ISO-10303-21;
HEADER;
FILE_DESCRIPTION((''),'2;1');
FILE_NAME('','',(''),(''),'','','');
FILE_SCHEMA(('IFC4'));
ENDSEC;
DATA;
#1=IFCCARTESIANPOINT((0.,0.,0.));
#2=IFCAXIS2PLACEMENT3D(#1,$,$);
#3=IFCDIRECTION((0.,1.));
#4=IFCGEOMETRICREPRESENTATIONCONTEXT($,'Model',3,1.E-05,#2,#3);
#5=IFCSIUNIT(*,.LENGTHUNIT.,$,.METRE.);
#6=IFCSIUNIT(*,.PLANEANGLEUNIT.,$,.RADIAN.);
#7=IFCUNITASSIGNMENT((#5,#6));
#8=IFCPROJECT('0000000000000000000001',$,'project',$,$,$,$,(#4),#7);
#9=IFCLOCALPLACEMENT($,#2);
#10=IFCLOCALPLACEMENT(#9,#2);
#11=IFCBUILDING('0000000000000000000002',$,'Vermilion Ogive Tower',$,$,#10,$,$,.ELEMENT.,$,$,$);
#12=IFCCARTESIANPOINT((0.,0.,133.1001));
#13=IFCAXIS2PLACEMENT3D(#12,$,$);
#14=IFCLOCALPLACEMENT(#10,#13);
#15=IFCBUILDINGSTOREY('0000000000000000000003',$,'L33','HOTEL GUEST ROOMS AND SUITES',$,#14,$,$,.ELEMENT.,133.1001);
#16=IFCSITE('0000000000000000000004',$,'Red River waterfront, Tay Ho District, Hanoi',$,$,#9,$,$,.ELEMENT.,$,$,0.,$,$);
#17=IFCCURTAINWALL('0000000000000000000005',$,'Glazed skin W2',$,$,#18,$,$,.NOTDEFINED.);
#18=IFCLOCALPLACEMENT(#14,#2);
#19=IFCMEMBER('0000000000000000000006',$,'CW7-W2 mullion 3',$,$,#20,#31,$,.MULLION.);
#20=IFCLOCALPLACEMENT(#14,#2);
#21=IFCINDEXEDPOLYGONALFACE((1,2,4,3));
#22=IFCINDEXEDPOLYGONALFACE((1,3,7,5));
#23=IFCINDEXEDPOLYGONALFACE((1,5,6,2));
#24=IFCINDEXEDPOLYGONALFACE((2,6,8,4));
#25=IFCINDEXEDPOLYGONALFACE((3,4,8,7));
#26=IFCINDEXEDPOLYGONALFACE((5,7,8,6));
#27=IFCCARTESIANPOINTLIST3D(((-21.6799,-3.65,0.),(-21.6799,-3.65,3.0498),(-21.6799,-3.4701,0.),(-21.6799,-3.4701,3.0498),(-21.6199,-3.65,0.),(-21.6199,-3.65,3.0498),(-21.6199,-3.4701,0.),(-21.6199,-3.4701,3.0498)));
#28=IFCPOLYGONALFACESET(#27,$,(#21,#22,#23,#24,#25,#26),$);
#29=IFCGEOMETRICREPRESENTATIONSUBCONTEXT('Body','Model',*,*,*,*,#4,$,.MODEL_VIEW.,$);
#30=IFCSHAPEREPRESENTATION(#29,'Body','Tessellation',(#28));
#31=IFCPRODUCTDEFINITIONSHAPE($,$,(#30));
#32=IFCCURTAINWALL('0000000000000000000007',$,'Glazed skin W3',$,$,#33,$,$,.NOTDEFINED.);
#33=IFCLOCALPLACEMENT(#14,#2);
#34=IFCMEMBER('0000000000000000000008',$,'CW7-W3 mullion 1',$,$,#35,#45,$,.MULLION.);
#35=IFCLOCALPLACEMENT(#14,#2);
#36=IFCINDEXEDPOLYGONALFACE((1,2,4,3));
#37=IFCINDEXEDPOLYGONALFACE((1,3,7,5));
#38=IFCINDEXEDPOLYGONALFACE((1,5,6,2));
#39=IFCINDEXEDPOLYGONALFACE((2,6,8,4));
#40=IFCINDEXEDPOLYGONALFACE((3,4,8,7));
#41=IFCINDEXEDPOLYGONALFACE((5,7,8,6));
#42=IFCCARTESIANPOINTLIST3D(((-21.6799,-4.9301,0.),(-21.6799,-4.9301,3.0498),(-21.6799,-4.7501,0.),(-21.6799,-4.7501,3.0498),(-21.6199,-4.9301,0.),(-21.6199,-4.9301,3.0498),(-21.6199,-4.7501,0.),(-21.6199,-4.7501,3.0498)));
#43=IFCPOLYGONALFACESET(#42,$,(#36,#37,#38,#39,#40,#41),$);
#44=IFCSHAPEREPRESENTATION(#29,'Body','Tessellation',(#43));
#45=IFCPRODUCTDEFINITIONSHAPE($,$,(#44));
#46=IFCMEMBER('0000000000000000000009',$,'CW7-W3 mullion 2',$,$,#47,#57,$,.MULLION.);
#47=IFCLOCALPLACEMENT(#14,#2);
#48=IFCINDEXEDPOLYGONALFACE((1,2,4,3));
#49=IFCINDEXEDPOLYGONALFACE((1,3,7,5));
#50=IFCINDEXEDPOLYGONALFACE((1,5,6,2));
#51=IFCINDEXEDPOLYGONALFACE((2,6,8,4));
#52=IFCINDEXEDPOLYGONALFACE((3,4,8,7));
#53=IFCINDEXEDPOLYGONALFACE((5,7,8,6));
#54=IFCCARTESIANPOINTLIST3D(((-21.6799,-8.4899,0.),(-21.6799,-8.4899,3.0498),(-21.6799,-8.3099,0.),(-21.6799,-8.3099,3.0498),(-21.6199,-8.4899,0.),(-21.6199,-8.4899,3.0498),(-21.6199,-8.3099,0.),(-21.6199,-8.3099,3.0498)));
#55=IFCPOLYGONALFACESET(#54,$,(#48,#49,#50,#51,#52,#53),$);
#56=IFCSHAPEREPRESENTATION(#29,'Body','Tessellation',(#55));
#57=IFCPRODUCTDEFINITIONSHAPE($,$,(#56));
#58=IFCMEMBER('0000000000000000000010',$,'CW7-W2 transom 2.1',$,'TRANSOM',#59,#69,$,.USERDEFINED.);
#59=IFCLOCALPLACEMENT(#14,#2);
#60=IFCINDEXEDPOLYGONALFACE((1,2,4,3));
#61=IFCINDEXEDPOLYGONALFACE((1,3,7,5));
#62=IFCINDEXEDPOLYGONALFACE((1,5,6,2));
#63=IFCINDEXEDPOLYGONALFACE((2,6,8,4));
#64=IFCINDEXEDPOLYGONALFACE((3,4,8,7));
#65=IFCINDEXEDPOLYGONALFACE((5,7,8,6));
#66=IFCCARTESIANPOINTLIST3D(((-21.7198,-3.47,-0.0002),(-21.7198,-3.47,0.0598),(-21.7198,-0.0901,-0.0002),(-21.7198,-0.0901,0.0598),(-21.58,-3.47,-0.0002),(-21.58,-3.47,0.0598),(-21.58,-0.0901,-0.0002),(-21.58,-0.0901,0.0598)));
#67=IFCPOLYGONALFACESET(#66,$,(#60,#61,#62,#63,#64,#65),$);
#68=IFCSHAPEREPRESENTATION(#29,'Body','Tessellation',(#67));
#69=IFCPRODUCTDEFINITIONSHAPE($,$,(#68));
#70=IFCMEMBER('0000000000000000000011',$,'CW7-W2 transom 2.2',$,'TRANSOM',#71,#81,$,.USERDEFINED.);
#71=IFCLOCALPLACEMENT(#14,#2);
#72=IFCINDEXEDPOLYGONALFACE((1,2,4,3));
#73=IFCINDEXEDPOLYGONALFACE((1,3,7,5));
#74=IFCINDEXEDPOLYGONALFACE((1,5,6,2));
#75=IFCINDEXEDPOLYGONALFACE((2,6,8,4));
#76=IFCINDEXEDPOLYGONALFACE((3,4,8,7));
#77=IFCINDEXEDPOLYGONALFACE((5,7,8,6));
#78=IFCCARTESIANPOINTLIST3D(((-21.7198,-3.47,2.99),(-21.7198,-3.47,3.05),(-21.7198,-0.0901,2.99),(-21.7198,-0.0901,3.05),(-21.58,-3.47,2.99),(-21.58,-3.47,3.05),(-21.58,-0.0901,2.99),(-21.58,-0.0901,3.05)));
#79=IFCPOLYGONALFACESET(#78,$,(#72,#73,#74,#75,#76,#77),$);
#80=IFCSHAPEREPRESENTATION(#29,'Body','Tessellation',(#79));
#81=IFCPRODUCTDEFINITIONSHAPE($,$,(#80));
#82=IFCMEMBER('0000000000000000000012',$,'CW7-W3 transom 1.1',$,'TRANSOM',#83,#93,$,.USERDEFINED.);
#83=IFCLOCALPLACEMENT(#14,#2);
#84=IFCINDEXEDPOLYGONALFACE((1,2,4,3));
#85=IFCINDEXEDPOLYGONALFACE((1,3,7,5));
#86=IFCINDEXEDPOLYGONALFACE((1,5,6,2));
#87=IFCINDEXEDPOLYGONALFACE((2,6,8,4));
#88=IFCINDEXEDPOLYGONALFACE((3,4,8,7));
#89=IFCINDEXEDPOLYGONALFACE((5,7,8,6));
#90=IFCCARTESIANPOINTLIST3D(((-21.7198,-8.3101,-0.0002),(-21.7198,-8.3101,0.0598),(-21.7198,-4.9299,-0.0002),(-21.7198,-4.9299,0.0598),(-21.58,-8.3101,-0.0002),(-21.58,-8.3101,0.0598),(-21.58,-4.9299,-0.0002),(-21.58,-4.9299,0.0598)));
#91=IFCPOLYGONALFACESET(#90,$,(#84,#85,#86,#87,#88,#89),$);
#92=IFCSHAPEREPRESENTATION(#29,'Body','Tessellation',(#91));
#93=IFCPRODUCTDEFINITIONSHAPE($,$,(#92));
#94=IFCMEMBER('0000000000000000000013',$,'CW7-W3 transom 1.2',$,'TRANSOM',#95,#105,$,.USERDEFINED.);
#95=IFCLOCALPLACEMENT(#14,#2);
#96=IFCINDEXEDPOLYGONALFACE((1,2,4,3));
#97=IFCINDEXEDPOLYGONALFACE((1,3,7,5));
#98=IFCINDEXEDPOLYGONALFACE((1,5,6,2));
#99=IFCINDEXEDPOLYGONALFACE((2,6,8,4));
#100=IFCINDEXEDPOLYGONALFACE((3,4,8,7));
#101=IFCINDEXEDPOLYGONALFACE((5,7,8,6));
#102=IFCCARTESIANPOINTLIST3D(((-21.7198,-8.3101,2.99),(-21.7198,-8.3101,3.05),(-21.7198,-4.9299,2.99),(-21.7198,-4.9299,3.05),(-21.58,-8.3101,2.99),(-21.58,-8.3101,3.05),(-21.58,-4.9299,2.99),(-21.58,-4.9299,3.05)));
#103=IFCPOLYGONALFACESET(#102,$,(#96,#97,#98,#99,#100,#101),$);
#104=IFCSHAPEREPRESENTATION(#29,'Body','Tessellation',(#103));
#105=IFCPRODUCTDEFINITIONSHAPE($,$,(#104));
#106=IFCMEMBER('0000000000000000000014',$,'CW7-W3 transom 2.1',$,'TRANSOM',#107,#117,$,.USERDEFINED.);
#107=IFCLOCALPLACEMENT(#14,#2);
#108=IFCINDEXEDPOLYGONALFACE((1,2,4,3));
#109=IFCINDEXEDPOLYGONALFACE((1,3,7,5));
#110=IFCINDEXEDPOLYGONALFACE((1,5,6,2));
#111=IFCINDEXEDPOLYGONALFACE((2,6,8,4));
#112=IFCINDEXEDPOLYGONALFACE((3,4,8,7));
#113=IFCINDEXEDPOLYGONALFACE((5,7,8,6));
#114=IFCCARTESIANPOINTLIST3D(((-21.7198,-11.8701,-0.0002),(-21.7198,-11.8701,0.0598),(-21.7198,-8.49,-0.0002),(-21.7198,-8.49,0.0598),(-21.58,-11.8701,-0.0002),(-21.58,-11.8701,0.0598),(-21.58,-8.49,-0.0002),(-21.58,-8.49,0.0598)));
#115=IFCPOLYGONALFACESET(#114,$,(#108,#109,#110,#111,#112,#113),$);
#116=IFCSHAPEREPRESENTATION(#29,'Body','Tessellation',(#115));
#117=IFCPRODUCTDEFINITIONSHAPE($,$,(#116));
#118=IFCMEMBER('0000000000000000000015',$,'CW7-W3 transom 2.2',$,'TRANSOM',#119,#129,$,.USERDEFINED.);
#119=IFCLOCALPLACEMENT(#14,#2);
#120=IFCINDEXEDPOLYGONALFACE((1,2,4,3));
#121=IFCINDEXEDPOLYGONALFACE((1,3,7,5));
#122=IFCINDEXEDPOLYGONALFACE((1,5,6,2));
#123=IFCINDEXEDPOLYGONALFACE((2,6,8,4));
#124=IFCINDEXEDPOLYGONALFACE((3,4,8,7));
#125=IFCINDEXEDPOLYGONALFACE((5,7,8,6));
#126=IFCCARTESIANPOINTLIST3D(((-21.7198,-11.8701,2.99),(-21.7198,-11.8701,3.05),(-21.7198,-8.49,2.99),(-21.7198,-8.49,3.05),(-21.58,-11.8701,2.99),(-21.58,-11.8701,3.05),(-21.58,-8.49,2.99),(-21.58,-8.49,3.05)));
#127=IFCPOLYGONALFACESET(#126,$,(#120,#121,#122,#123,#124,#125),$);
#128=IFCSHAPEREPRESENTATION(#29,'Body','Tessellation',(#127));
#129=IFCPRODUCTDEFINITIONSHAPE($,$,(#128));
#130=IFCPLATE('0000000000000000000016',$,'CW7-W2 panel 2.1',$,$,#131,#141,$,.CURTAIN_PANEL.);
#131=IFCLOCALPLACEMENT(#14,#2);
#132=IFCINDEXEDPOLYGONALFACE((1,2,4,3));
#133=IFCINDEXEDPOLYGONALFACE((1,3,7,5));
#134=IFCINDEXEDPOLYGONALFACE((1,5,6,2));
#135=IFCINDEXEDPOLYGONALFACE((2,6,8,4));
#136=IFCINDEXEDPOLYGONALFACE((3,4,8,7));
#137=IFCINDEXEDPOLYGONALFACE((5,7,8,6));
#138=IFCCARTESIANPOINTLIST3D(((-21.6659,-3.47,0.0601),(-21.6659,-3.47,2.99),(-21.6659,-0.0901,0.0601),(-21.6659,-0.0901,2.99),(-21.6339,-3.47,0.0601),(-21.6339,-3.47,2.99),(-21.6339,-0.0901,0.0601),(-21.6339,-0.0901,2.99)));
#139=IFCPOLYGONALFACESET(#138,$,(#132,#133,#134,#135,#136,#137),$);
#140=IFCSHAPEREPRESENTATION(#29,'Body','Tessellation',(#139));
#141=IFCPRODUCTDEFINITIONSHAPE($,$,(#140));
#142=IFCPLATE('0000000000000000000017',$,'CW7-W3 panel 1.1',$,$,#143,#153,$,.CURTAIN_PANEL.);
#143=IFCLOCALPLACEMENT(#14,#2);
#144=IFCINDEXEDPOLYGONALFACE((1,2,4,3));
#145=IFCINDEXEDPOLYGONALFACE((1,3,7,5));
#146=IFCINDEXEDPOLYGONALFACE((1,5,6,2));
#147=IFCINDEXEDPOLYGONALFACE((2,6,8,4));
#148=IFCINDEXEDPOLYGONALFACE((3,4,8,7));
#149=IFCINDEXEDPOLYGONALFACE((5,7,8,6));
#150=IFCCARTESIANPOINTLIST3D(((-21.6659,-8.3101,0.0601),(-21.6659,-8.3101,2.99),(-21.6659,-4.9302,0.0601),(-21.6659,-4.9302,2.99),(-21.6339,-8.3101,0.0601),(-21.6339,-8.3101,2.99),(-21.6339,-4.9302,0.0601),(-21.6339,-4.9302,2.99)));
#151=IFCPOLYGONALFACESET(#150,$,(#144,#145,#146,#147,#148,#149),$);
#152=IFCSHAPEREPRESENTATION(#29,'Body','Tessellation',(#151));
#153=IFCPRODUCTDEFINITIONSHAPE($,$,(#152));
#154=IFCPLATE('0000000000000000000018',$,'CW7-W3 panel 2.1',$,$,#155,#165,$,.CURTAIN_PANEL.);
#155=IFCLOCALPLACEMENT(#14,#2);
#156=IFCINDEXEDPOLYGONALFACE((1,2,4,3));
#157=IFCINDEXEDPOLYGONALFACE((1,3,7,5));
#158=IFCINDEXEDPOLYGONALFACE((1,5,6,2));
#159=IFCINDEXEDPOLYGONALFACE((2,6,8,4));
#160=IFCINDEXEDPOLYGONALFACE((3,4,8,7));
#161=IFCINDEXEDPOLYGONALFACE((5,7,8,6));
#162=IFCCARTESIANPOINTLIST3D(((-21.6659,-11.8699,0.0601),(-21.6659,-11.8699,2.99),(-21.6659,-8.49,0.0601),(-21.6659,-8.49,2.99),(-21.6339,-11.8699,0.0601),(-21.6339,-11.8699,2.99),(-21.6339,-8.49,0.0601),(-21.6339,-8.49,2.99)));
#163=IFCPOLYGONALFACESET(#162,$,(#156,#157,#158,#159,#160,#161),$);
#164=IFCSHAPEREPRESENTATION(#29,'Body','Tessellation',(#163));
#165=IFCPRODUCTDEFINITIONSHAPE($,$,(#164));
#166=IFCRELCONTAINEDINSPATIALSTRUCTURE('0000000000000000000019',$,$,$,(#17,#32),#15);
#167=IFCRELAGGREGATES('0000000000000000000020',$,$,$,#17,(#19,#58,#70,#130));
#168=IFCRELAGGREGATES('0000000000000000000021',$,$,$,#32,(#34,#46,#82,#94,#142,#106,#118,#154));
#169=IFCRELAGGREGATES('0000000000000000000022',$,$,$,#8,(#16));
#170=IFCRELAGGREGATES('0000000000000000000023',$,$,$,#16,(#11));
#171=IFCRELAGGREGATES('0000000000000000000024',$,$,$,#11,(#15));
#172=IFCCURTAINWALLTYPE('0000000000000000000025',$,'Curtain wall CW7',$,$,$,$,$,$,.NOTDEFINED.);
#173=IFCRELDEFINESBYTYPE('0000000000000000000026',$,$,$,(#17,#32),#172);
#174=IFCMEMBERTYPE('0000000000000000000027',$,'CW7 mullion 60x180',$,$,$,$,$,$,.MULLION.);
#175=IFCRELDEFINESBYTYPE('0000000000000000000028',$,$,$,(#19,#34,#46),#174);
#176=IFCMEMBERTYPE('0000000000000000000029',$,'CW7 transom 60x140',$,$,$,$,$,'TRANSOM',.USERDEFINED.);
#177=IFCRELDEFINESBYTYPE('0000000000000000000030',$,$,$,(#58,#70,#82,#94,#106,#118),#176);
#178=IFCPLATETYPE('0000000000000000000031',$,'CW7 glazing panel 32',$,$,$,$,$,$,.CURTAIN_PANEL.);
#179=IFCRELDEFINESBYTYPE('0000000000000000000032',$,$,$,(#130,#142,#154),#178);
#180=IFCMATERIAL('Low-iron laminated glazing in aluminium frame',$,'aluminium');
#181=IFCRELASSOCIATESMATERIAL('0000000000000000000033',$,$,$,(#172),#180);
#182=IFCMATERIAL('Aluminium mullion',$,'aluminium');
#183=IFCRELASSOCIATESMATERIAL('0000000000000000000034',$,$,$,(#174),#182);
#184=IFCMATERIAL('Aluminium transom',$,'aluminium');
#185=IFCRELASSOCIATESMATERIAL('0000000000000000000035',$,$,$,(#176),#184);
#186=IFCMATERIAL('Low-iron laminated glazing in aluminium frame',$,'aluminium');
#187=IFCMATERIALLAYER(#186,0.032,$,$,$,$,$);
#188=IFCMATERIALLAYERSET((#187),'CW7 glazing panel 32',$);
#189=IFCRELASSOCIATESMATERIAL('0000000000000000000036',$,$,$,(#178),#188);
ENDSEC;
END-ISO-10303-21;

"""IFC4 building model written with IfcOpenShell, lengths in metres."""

from ifc_helpers import new_model, si_unit, direction, frame, origin, origin_2d, place, context, subcontext, project, spatial, rectangle, extrude, material, layer, layer_set, material_profile, profile_set, type_object, element, aggregate, save


model = new_model("IFC4")

# Units and contexts
model_context = context("Model", 3, precision=1e-05, world=origin(), true_north=direction((0.0, 1.0)))
body_context = subcontext(model_context, "Body", "Model", "MODEL_VIEW")
ifc_project = project(units=[si_unit("LENGTHUNIT", "METRE"), si_unit("PLANEANGLEUNIT", "RADIAN")], contexts=[model_context])

# Site, building, storey
site_placement = place(None, origin())
site = spatial("IfcSite", under=ifc_project, at=site_placement, Name="Red River waterfront, Tay Ho District, Hanoi", CompositionType="ELEMENT", RefElevation=0.0)
building_placement = place(site_placement, origin())
building = spatial("IfcBuilding", under=site, at=building_placement, Name="Vermilion Ogive Tower", CompositionType="ELEMENT")
storey_placement = place(building_placement, frame((0.0, 0.0, 133.1001)))
storey = spatial("IfcBuildingStorey", under=building, at=storey_placement, Name="L33", Description="HOTEL GUEST ROOMS AND SUITES", CompositionType="ELEMENT", Elevation=133.1001)

# Curtain wall, member
ifc_material_1 = material(Name="Low-iron laminated glazing in aluminium frame", Category="aluminium")
curtain_wall_type = type_object("IfcCurtainWallType", Name="Curtain wall CW7", PredefinedType="NOTDEFINED", material=ifc_material_1)
curtain_wall_1_placement = place(storey_placement, origin())
curtain_wall_1 = element("IfcCurtainWall", 1, at=curtain_wall_1_placement, inside=storey, type_object=curtain_wall_type, Name="Glazed skin W2", PredefinedType="NOTDEFINED")
ifc_material_2 = material(Name="Aluminium mullion", Category="aluminium")
ifc_material_profile_1 = material_profile(ifc_material_2, rectangle(XDim=0.0601, YDim=0.1799, at=origin_2d()), Name="AL 60x180")
ifc_profile_set_1 = profile_set([ifc_material_profile_1], Name="Aluminium mullion")
member_type_1 = type_object("IfcMemberType", Name="CW7 mullion 60x180", PredefinedType="MULLION", material=ifc_profile_set_1)
member_1_placement = place(storey_placement, frame((-21.6499, -3.5601, 0.0), z_axis=(0.0, 0.0, 1.0), x_axis=(1.0, 0.0, 0.0)))
member_1 = element("IfcMember", 2, at=member_1_placement, type_object=member_type_1, Name="CW7-W2 mullion 3", PredefinedType="MULLION", context=body_context, shape_type="SweptSolid", body=[
    extrude(rectangle(XDim=0.0601, YDim=0.1799, at=origin_2d()), origin(), (0.0, 0.0, 1.0), 3.0498),
])

# Curtain wall, members
curtain_wall_2_placement = place(storey_placement, origin())
curtain_wall_2 = element("IfcCurtainWall", 3, at=curtain_wall_2_placement, inside=storey, type_object=curtain_wall_type, Name="Glazed skin W3", PredefinedType="NOTDEFINED")
member_2_placement = place(storey_placement, frame((-21.6499, -4.8401, 0.0), z_axis=(0.0, 0.0, 1.0), x_axis=(1.0, 0.0, 0.0)))
member_2 = element("IfcMember", 4, at=member_2_placement, type_object=member_type_1, Name="CW7-W3 mullion 1", PredefinedType="MULLION", context=body_context, shape_type="SweptSolid", body=[
    extrude(rectangle(XDim=0.0601, YDim=0.1799, at=origin_2d()), origin(), (0.0, 0.0, 1.0), 3.0498),
])
member_3_placement = place(storey_placement, frame((-21.6499, -8.3999, 0.0), z_axis=(0.0, 0.0, 1.0), x_axis=(1.0, 0.0, 0.0)))
member_3 = element("IfcMember", 5, at=member_3_placement, type_object=member_type_1, Name="CW7-W3 mullion 2", PredefinedType="MULLION", context=body_context, shape_type="SweptSolid", body=[
    extrude(rectangle(XDim=0.0601, YDim=0.1799, at=origin_2d()), origin(), (0.0, 0.0, 1.0), 3.0498),
])

# Members
ifc_material_3 = material(Name="Aluminium transom", Category="aluminium")
ifc_material_profile_2 = material_profile(ifc_material_3, rectangle(XDim=0.1399, YDim=0.0601, at=origin_2d()), Name="AL 60x140")
ifc_profile_set_2 = profile_set([ifc_material_profile_2], Name="Aluminium transom")
member_type_2 = type_object("IfcMemberType", Name="CW7 transom 60x140", ElementType="TRANSOM", PredefinedType="USERDEFINED", material=ifc_profile_set_2)
member_4_placement = place(storey_placement, frame((-21.6499, -0.0901, 0.0298), z_axis=(0.0, -1.0, 0.0), x_axis=(1.0, 0.0, 0.0)))
member_4 = element("IfcMember", 6, at=member_4_placement, type_object=member_type_2, Name="CW7-W2 transom 2.1", ObjectType="TRANSOM", PredefinedType="USERDEFINED", context=body_context, shape_type="SweptSolid", body=[
    extrude(rectangle(XDim=0.1399, YDim=0.0601, at=origin_2d()), origin(), (0.0, 0.0, 1.0), 3.3799),
])
member_5_placement = place(storey_placement, frame((-21.6499, -0.0901, 3.02), z_axis=(0.0, -1.0, 0.0), x_axis=(1.0, 0.0, 0.0)))
member_5 = element("IfcMember", 7, at=member_5_placement, type_object=member_type_2, Name="CW7-W2 transom 2.2", ObjectType="TRANSOM", PredefinedType="USERDEFINED", context=body_context, shape_type="SweptSolid", body=[
    extrude(rectangle(XDim=0.1399, YDim=0.0601, at=origin_2d()), origin(), (0.0, 0.0, 1.0), 3.3799),
])
member_6_placement = place(storey_placement, frame((-21.6499, -4.9299, 0.0298), z_axis=(0.0, -1.0, 0.0), x_axis=(1.0, 0.0, 0.0)))
member_6 = element("IfcMember", 8, at=member_6_placement, type_object=member_type_2, Name="CW7-W3 transom 1.1", ObjectType="TRANSOM", PredefinedType="USERDEFINED", context=body_context, shape_type="SweptSolid", body=[
    extrude(rectangle(XDim=0.1399, YDim=0.0601, at=origin_2d()), origin(), (0.0, 0.0, 1.0), 3.3801),
])
member_7_placement = place(storey_placement, frame((-21.6499, -4.9299, 3.02), z_axis=(0.0, -1.0, 0.0), x_axis=(1.0, 0.0, 0.0)))
member_7 = element("IfcMember", 9, at=member_7_placement, type_object=member_type_2, Name="CW7-W3 transom 1.2", ObjectType="TRANSOM", PredefinedType="USERDEFINED", context=body_context, shape_type="SweptSolid", body=[
    extrude(rectangle(XDim=0.1399, YDim=0.0601, at=origin_2d()), origin(), (0.0, 0.0, 1.0), 3.3801),
])
member_8_placement = place(storey_placement, frame((-21.6499, -8.49, 0.0298), z_axis=(0.0, -1.0, 0.0), x_axis=(1.0, 0.0, 0.0)))
member_8 = element("IfcMember", 10, at=member_8_placement, type_object=member_type_2, Name="CW7-W3 transom 2.1", ObjectType="TRANSOM", PredefinedType="USERDEFINED", context=body_context, shape_type="SweptSolid", body=[
    extrude(rectangle(XDim=0.1399, YDim=0.0601, at=origin_2d()), origin(), (0.0, 0.0, 1.0), 3.3801),
])
member_9_placement = place(storey_placement, frame((-21.6499, -8.49, 3.02), z_axis=(0.0, -1.0, 0.0), x_axis=(1.0, 0.0, 0.0)))
member_9 = element("IfcMember", 11, at=member_9_placement, type_object=member_type_2, Name="CW7-W3 transom 2.2", ObjectType="TRANSOM", PredefinedType="USERDEFINED", context=body_context, shape_type="SweptSolid", body=[
    extrude(rectangle(XDim=0.1399, YDim=0.0601, at=origin_2d()), origin(), (0.0, 0.0, 1.0), 3.3801),
])

# Plates
ifc_material_4 = material(Name="Low-iron laminated glazing in aluminium frame", Category="aluminium")
ifc_layer = layer(ifc_material_4, 0.032)
ifc_layer_set = layer_set([ifc_layer], Name="CW7 glazing panel 32")
plate_type = type_object("IfcPlateType", Name="CW7 glazing panel 32", PredefinedType="CURTAIN_PANEL", material=ifc_layer_set)
plate_1_placement = place(storey_placement, frame((-21.6499, -1.78, 0.0601), z_axis=(0.0, 0.0, 1.0), x_axis=(0.0, -1.0, 0.0)))
plate_1 = element("IfcPlate", 12, at=plate_1_placement, type_object=plate_type, Name="CW7-W2 panel 2.1", PredefinedType="CURTAIN_PANEL", context=body_context, shape_type="SweptSolid", body=[
    extrude(rectangle(XDim=3.3799, YDim=0.032, at=origin_2d()), origin(), (0.0, 0.0, 1.0), 2.9299),
])
aggregate(curtain_wall_1, [member_1, member_4, member_5, plate_1])
plate_2_placement = place(storey_placement, frame((-21.6499, -6.6201, 0.0601), z_axis=(0.0, 0.0, 1.0), x_axis=(0.0, -1.0, 0.0)))
plate_2 = element("IfcPlate", 13, at=plate_2_placement, type_object=plate_type, Name="CW7-W3 panel 1.1", PredefinedType="CURTAIN_PANEL", context=body_context, shape_type="SweptSolid", body=[
    extrude(rectangle(XDim=3.3799, YDim=0.032, at=origin_2d()), origin(), (0.0, 0.0, 1.0), 2.9299),
])
plate_3_placement = place(storey_placement, frame((-21.6499, -10.1799, 0.0601), z_axis=(0.0, 0.0, 1.0), x_axis=(0.0, -1.0, 0.0)))
plate_3 = element("IfcPlate", 14, at=plate_3_placement, type_object=plate_type, Name="CW7-W3 panel 2.1", PredefinedType="CURTAIN_PANEL", context=body_context, shape_type="SweptSolid", body=[
    extrude(rectangle(XDim=3.3799, YDim=0.032, at=origin_2d()), origin(), (0.0, 0.0, 1.0), 2.9299),
])
aggregate(curtain_wall_2, [member_2, member_3, member_6, member_7, plate_2, member_8, member_9, plate_3])

save(model, "model.ifc")
